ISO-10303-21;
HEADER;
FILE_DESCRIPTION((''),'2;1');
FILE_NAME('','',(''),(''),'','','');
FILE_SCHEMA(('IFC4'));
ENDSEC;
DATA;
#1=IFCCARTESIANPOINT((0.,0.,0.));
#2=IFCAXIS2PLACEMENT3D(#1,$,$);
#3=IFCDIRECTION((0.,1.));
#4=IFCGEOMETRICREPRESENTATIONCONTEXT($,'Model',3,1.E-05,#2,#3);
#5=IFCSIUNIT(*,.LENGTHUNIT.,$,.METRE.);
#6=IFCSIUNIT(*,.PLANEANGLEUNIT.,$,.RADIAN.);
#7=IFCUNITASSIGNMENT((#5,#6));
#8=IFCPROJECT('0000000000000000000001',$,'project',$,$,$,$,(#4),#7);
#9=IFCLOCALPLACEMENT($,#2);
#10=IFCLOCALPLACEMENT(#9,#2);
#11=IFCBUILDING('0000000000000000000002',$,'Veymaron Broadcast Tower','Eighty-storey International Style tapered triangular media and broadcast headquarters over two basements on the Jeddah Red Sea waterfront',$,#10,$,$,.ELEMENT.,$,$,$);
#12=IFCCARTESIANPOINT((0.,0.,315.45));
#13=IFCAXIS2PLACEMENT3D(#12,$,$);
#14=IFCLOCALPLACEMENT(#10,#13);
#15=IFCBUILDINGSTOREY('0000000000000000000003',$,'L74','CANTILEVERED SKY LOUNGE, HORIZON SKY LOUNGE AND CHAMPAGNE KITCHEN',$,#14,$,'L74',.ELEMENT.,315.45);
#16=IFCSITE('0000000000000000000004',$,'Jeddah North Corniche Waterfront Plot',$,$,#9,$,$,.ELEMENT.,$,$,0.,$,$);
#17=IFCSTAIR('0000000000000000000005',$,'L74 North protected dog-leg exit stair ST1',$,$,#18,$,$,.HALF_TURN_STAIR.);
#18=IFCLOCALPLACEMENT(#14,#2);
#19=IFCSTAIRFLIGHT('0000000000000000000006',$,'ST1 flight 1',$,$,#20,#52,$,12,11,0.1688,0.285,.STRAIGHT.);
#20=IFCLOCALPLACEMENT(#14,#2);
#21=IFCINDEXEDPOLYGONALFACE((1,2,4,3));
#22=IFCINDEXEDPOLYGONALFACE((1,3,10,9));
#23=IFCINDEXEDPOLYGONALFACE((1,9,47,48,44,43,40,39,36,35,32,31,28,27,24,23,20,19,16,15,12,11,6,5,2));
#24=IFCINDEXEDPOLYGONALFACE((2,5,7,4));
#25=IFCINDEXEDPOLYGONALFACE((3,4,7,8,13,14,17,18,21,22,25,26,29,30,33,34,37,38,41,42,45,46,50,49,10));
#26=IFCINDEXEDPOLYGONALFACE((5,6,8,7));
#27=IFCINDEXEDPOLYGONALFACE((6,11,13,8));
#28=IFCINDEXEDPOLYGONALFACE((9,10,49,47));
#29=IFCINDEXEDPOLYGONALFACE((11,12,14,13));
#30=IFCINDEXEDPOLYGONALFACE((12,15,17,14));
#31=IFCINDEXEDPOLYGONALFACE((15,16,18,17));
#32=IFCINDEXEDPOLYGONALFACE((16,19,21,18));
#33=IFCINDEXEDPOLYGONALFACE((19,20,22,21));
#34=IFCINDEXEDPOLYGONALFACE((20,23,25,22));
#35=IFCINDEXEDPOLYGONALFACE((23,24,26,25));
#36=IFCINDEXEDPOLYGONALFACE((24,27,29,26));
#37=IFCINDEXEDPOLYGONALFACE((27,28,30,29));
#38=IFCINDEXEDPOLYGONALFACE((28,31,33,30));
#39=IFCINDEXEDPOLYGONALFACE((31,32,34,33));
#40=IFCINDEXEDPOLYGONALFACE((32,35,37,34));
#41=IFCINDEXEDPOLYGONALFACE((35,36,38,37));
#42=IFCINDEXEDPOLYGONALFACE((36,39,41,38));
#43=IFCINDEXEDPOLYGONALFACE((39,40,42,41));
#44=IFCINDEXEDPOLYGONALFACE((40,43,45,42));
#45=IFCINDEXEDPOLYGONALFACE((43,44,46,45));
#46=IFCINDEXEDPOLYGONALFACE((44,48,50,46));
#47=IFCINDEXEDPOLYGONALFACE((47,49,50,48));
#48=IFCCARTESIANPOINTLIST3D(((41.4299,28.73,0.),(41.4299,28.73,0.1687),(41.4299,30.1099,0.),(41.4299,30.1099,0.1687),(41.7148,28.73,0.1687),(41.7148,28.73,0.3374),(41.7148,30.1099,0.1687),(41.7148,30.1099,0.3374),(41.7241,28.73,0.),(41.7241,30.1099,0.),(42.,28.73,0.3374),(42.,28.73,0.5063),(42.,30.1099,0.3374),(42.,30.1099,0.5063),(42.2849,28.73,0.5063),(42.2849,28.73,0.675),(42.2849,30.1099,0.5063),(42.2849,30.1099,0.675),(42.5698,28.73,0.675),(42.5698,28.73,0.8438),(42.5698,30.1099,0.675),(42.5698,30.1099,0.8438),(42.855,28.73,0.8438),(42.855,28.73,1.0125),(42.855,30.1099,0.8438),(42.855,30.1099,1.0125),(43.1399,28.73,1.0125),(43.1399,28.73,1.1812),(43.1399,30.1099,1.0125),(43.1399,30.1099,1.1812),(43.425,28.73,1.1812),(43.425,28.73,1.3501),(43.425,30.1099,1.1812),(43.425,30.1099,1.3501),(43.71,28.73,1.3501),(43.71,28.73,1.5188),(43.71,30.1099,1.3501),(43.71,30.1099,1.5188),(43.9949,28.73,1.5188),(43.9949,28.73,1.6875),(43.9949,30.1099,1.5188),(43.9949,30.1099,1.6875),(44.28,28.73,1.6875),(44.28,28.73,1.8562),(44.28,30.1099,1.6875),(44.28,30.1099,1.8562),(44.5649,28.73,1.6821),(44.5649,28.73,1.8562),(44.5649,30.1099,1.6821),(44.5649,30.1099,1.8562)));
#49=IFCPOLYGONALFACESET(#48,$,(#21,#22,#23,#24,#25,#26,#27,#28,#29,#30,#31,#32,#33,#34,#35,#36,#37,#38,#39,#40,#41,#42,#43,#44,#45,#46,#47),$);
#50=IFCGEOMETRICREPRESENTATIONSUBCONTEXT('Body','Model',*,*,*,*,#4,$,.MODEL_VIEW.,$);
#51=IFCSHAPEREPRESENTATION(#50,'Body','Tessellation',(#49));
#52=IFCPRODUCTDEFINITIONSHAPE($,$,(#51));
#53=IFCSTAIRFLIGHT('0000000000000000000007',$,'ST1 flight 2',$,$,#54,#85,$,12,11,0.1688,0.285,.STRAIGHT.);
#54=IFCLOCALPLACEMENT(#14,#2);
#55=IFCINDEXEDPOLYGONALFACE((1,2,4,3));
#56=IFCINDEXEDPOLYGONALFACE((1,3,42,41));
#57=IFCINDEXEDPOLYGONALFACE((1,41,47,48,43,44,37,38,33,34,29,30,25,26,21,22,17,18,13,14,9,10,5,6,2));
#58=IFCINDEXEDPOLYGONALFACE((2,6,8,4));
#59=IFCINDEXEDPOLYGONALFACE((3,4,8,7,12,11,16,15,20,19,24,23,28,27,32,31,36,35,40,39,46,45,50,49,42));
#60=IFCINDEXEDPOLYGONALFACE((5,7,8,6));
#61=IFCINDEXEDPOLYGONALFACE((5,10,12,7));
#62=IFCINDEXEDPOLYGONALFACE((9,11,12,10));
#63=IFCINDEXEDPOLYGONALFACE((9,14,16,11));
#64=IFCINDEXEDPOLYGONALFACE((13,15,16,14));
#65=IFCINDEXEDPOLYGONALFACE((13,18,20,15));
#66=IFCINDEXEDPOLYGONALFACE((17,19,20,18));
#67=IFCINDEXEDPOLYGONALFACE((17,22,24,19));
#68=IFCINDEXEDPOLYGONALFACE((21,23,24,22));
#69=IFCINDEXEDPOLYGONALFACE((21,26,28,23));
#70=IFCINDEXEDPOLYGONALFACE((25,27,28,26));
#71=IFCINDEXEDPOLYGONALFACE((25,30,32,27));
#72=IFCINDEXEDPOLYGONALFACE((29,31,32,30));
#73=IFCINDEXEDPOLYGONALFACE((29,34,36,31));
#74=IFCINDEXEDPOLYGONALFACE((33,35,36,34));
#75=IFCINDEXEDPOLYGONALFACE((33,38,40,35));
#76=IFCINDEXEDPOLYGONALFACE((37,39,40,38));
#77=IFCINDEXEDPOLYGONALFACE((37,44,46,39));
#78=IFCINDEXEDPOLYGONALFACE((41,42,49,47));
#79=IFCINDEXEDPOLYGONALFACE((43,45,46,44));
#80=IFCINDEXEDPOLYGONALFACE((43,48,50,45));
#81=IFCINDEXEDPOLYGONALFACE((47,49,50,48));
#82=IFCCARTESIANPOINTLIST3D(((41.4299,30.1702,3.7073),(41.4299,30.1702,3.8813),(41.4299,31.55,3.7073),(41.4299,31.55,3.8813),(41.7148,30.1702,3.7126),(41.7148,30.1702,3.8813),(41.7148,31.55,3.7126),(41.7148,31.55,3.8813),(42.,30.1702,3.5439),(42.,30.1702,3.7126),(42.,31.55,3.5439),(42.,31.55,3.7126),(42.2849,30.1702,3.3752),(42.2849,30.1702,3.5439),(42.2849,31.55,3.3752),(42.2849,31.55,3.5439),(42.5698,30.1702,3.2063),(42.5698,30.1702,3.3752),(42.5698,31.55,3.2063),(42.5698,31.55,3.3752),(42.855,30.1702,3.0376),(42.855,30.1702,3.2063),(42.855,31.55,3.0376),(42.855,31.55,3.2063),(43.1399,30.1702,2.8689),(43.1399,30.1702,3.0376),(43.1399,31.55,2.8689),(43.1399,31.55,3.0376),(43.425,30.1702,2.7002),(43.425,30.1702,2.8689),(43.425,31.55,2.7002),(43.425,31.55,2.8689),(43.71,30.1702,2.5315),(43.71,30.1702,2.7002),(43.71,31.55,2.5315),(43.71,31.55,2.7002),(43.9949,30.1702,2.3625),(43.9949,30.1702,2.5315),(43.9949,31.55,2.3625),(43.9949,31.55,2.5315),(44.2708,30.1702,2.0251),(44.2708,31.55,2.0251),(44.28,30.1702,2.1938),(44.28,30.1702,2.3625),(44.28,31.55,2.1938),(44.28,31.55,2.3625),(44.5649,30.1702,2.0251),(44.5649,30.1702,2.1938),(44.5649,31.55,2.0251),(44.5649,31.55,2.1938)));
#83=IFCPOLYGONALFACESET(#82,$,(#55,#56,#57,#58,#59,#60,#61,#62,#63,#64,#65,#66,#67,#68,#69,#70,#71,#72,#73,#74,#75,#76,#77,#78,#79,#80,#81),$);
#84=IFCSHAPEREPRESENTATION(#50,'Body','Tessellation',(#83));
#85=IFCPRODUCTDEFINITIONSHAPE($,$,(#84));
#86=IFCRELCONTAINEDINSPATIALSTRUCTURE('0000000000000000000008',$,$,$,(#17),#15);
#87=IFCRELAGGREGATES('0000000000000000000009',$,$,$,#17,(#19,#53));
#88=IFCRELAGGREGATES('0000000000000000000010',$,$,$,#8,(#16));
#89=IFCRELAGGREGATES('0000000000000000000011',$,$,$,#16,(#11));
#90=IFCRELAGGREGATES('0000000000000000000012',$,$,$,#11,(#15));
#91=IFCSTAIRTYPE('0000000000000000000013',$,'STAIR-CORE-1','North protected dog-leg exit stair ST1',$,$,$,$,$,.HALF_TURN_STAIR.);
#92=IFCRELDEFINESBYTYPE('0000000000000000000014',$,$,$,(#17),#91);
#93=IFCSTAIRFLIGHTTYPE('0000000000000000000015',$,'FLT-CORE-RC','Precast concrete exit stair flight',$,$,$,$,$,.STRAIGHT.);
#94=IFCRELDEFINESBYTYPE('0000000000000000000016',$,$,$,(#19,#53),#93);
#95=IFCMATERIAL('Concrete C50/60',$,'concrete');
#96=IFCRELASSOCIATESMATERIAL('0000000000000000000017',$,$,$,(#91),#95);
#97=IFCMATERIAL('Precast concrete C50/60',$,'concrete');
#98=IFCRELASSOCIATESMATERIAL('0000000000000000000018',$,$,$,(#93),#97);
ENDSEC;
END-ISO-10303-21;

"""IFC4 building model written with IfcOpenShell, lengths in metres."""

from ifc_helpers import new_model, si_unit, direction, frame, origin, place, context, subcontext, project, spatial, polyline, outline, extrude, material, type_object, element, aggregate, save


model = new_model("IFC4")

# Units and contexts
model_context = context("Model", 3, precision=1e-05, world=origin(), true_north=direction((0.0, 1.0)))
body_context = subcontext(model_context, "Body", "Model", "MODEL_VIEW")
ifc_project = project(units=[si_unit("LENGTHUNIT", "METRE"), si_unit("PLANEANGLEUNIT", "RADIAN")], contexts=[model_context])

# Site, building, storey
site_placement = place(None, origin())
site = spatial("IfcSite", under=ifc_project, at=site_placement, Name="Jeddah North Corniche Waterfront Plot", CompositionType="ELEMENT", RefElevation=0.0)
building_placement = place(site_placement, origin())
building = spatial("IfcBuilding", under=site, at=building_placement, Name="Veymaron Broadcast Tower", Description="Eighty-storey International Style tapered triangular media and broadcast headquarters over two basements on the Jeddah Red Sea waterfront", CompositionType="ELEMENT")
storey_placement = place(building_placement, frame((0.0, 0.0, 315.45)))
storey = spatial("IfcBuildingStorey", under=building, at=storey_placement, Name="L74", Description="CANTILEVERED SKY LOUNGE, HORIZON SKY LOUNGE AND CHAMPAGNE KITCHEN", LongName="L74", CompositionType="ELEMENT", Elevation=315.45)

# Shared definitions
ifc_material_1 = material(Name="Concrete C50/60", Category="concrete")

# Stair, stair flights
stair_type = type_object("IfcStairType", Name="STAIR-CORE-1", Description="North protected dog-leg exit stair ST1", PredefinedType="HALF_TURN_STAIR", material=ifc_material_1)
stair_placement = place(storey_placement, origin())
stair = element("IfcStair", 1, at=stair_placement, inside=storey, type_object=stair_type, Name="L74 North protected dog-leg exit stair ST1", PredefinedType="HALF_TURN_STAIR")
ifc_material_2 = material(Name="Precast concrete C50/60", Category="concrete")
stair_flight_type = type_object("IfcStairFlightType", Name="FLT-CORE-RC", Description="Precast concrete exit stair flight", PredefinedType="STRAIGHT", material=ifc_material_2)
stair_flight_1_placement = place(storey_placement, frame((41.4299, 29.4199, 0.0), z_axis=(0.0, 0.0, 1.0), x_axis=(1.0, 0.0, 0.0)))
stair_flight_1 = element("IfcStairFlight", 2, at=stair_flight_1_placement, type_object=stair_flight_type, Name="ST1 flight 1", NumberOfRisers=12, NumberOfTreads=11, PredefinedType="STRAIGHT", RiserHeight=0.1688, TreadLength=0.285, context=body_context, shape_type="SweptSolid", body=[
    extrude(outline(polyline([(0.0, 0.0), (0.0, 0.1687), (0.2849, 0.1687), (0.2849, 0.3374), (0.5701, 0.3374), (0.5701, 0.5063), (0.855, 0.5063), (0.855, 0.675), (1.1399, 0.675), (1.1399, 0.8438), (1.425, 0.8438), (1.425, 1.0125), (1.71, 1.0125), (1.71, 1.1812), (1.9951, 1.1812), (1.9951, 1.3501), (2.28, 1.3501), (2.28, 1.5188), (2.5649, 1.5188), (2.5649, 1.6875), (2.8501, 1.6875), (2.8501, 1.8562), (3.135, 1.8562), (3.135, 2.0249), (3.135, 1.6821), (0.2942, 0.0), (0.0, 0.0)])), frame((0.0, 0.6899, 0.0), z_axis=(0.0, -1.0, 0.0), x_axis=(1.0, 0.0, 0.0)), (0.0, 0.0, 1.0), 1.3799),
])
stair_flight_2_placement = place(storey_placement, frame((44.5649, 30.8601, 2.0251), z_axis=(0.0, 0.0, 1.0), x_axis=(-1.0, 0.0, 0.0)))
stair_flight_2 = element("IfcStairFlight", 3, at=stair_flight_2_placement, type_object=stair_flight_type, Name="ST1 flight 2", NumberOfRisers=12, NumberOfTreads=11, PredefinedType="STRAIGHT", RiserHeight=0.1688, TreadLength=0.285, context=body_context, shape_type="SweptSolid", body=[
    extrude(outline(polyline([(0.0, 0.0), (0.0, 0.1687), (0.2849, 0.1687), (0.2849, 0.3374), (0.5701, 0.3374), (0.5701, 0.5063), (0.855, 0.5063), (0.855, 0.675), (1.1399, 0.675), (1.1399, 0.8438), (1.425, 0.8438), (1.425, 1.0125), (1.71, 1.0125), (1.71, 1.1812), (1.9951, 1.1812), (1.9951, 1.3501), (2.28, 1.3501), (2.28, 1.5188), (2.5649, 1.5188), (2.5649, 1.6875), (2.8501, 1.6875), (2.8501, 1.8562), (3.135, 1.8562), (3.135, 2.0249), (3.135, 1.6821), (0.2942, 0.0), (0.0, 0.0)])), frame((0.0, 0.6899, 0.0), z_axis=(0.0, -1.0, 0.0), x_axis=(1.0, 0.0, 0.0)), (0.0, 0.0, 1.0), 1.3799),
])
aggregate(stair, [stair_flight_1, stair_flight_2])

save(model, "model.ifc")
